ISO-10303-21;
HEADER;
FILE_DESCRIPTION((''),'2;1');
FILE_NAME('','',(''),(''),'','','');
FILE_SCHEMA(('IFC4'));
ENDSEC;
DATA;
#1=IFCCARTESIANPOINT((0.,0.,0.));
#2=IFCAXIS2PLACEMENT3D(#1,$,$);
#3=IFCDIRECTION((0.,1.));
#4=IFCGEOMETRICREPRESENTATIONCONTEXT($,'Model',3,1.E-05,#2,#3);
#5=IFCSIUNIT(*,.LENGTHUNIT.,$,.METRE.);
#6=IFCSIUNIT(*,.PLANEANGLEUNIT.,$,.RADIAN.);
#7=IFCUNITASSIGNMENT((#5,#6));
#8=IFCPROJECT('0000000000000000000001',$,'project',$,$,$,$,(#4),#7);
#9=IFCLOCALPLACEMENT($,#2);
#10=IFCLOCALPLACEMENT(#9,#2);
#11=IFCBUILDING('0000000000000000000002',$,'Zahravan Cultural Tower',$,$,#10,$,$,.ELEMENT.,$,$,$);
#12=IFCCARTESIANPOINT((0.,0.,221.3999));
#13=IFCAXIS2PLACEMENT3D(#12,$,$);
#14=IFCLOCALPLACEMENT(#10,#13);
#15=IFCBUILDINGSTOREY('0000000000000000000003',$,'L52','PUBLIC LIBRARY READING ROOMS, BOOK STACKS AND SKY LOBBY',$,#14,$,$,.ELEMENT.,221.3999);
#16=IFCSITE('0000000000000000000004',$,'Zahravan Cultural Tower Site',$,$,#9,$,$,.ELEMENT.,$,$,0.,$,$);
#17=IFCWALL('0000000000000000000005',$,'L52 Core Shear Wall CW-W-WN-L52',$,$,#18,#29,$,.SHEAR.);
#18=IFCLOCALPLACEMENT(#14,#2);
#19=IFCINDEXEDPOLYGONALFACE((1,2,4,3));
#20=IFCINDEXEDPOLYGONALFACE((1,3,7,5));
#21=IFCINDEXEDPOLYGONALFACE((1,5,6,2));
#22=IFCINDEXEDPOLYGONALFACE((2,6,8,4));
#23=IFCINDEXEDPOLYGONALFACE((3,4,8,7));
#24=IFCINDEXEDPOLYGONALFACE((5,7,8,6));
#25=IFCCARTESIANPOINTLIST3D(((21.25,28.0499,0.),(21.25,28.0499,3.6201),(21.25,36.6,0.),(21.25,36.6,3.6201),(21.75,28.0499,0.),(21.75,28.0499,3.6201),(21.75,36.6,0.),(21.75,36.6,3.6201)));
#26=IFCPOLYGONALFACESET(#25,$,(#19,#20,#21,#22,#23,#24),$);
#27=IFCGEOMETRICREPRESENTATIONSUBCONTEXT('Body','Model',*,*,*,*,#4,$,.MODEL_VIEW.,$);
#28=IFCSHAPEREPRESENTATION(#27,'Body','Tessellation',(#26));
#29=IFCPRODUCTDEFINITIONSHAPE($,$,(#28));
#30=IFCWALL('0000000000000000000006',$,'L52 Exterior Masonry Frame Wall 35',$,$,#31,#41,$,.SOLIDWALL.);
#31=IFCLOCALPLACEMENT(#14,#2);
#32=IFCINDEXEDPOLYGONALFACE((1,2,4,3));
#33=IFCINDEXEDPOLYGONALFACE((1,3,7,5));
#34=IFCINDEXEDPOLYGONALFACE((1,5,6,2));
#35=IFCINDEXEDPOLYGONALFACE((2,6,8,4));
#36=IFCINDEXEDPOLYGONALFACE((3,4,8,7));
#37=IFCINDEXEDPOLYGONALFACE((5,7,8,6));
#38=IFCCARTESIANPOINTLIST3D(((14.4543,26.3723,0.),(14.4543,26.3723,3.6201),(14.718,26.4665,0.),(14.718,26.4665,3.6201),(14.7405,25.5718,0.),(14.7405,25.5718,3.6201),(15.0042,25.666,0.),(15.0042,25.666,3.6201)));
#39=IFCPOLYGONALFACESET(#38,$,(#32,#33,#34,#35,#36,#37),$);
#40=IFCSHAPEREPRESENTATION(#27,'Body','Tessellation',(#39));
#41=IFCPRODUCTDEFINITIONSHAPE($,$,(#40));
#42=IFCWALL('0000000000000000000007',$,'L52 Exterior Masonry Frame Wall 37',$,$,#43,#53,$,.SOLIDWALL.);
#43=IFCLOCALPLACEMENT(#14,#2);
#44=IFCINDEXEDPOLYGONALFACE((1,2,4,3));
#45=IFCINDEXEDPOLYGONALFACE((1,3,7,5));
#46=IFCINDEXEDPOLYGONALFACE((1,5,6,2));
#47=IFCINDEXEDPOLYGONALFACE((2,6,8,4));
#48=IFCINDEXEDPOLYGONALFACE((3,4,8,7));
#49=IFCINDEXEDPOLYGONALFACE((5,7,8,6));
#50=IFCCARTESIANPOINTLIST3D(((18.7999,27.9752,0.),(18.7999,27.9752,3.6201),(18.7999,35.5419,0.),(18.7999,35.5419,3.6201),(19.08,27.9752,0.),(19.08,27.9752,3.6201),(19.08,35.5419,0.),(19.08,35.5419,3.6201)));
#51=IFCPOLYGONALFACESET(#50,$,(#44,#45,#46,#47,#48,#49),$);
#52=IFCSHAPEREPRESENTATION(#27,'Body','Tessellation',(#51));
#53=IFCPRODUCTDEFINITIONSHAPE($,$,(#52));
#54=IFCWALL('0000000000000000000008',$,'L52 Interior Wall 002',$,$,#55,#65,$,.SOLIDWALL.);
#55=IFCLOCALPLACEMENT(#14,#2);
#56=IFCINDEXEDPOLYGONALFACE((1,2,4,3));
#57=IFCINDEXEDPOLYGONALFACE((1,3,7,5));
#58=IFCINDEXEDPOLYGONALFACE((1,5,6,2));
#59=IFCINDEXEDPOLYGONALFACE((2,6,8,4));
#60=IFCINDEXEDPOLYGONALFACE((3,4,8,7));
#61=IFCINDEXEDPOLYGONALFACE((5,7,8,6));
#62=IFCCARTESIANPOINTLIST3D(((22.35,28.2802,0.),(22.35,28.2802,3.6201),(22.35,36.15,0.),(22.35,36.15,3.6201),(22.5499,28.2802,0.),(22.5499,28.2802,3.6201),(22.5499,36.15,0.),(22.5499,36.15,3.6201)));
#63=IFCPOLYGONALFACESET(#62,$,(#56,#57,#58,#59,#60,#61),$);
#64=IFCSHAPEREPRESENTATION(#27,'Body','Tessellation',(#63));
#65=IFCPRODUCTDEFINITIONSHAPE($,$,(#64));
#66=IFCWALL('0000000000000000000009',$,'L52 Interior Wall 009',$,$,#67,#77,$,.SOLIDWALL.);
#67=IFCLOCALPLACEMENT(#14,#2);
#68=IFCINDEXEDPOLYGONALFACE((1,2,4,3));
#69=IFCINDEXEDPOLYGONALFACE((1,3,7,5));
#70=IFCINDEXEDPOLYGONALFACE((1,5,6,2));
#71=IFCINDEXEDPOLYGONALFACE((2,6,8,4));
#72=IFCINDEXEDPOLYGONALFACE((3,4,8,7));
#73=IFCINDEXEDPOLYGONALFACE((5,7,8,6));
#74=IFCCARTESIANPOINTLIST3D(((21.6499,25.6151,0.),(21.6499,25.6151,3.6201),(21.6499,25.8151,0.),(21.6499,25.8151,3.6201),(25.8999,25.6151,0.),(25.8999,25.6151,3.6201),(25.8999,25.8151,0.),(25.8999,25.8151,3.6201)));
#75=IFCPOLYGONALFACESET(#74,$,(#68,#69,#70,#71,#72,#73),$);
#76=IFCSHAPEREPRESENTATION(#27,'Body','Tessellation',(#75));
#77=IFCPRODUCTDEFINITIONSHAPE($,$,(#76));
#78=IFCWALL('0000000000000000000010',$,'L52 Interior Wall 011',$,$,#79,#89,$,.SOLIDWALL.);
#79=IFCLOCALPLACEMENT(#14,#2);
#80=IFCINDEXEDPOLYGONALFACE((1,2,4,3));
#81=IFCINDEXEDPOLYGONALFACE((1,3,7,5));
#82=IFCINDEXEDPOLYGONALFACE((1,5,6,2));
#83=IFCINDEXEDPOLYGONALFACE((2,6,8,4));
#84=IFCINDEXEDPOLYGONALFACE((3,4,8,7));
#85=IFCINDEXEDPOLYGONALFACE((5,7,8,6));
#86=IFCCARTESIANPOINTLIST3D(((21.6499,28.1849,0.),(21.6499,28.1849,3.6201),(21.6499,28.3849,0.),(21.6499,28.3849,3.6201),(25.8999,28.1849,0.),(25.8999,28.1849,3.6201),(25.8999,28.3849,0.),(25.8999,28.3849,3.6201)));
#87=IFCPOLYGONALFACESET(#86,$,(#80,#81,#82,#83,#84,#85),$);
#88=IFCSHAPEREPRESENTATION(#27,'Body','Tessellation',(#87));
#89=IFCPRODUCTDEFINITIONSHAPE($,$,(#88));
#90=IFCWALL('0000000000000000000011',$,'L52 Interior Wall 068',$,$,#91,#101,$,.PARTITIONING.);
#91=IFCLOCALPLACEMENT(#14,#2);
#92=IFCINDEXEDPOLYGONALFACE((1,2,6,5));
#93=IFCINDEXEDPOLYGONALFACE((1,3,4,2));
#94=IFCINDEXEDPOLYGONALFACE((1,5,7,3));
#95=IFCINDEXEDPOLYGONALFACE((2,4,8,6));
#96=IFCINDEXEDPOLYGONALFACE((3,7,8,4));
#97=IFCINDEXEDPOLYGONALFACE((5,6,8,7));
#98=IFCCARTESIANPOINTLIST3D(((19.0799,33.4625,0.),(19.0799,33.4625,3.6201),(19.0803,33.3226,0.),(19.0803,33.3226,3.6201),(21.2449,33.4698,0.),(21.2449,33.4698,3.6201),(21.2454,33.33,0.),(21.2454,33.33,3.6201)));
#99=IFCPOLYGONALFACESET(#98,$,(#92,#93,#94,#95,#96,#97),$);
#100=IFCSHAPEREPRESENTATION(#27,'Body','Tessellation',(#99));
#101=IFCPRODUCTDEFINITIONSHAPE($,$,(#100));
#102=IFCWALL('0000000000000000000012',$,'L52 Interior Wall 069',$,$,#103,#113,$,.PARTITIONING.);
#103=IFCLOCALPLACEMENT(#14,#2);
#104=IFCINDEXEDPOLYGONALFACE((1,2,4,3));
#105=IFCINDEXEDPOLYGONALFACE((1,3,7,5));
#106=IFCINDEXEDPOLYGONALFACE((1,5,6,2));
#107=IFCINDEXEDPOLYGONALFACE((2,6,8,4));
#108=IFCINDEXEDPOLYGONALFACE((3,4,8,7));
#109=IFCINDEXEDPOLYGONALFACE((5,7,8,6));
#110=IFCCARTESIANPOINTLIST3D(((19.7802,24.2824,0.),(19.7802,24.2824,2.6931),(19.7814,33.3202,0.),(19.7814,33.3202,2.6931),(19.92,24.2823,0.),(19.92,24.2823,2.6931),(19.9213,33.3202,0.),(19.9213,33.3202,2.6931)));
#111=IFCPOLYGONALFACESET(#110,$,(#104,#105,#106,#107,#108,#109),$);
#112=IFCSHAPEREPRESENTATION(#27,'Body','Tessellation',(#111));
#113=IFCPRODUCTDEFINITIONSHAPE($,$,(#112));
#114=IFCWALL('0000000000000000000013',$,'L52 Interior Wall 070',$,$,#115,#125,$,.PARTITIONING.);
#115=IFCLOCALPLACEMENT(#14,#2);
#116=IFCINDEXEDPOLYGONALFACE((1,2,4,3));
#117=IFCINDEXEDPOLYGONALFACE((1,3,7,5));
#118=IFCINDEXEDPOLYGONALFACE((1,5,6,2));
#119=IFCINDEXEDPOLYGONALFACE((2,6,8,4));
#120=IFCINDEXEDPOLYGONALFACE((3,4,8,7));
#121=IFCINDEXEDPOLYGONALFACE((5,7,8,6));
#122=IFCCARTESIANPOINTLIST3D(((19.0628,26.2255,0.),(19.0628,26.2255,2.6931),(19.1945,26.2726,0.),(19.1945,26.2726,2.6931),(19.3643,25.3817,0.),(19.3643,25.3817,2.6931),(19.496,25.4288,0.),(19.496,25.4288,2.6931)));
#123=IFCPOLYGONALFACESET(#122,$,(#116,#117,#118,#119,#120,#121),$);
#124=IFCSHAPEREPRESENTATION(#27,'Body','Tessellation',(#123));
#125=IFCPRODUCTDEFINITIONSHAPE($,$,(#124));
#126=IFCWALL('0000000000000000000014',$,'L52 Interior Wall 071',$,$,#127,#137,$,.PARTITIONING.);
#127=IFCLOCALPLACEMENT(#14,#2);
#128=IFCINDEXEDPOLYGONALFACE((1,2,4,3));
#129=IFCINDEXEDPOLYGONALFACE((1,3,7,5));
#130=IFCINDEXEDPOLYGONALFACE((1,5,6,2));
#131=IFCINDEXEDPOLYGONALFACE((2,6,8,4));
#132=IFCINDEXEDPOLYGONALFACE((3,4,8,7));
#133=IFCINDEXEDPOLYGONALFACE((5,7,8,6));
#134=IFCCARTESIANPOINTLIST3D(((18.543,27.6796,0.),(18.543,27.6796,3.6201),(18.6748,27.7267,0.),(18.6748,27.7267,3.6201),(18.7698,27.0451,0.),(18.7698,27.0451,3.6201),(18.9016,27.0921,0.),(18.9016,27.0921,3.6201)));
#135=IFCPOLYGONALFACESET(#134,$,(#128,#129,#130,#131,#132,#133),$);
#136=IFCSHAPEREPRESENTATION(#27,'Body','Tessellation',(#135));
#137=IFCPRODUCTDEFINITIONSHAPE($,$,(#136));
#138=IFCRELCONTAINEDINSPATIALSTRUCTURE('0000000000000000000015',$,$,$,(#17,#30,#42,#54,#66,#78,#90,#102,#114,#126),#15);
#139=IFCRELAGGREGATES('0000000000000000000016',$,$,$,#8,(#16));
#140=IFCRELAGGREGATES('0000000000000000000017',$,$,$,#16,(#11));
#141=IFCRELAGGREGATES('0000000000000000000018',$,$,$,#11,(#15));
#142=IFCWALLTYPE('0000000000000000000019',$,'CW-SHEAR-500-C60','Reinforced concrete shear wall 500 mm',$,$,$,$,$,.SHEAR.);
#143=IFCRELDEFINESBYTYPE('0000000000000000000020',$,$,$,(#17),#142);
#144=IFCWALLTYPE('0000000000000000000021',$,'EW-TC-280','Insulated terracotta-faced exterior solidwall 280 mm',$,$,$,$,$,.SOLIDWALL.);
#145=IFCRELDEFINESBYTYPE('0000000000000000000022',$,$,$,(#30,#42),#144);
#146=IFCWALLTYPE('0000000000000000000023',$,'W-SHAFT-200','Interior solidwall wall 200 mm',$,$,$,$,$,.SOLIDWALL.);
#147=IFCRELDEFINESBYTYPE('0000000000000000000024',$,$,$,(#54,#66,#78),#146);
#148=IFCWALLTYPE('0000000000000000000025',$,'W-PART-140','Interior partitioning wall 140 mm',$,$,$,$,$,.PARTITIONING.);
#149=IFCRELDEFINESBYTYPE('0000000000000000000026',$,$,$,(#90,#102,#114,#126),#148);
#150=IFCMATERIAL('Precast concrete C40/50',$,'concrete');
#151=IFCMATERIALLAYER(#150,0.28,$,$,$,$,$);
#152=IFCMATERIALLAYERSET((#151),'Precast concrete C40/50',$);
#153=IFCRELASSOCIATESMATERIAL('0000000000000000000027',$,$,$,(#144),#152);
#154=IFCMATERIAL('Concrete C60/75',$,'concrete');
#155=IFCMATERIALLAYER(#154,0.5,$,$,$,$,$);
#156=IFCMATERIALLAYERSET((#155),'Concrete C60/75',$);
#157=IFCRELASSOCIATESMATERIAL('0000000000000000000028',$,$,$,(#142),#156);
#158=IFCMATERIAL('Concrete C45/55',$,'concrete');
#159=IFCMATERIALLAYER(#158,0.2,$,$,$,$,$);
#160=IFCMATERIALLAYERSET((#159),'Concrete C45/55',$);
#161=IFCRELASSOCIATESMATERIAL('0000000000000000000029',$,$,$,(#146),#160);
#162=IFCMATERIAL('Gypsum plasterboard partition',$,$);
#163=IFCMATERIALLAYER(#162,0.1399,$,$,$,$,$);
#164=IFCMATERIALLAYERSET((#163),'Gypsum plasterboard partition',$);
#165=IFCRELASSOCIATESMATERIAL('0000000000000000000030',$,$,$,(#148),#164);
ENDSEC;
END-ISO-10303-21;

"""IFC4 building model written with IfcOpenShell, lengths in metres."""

from ifc_helpers import new_model, si_unit, direction, frame, frame_2d, origin, place, context, subcontext, project, spatial, rectangle, extrude, source, transform, mapped, material, layer, layer_set, type_object, element, save


model = new_model("IFC4")

# Units and contexts
model_context = context("Model", 3, precision=1e-05, world=origin(), true_north=direction((0.0, 1.0)))
body_context = subcontext(model_context, "Body", "Model", "MODEL_VIEW")
ifc_project = project(units=[si_unit("LENGTHUNIT", "METRE"), si_unit("PLANEANGLEUNIT", "RADIAN")], contexts=[model_context])

# Site, building, storey
site_placement = place(None, origin())
site = spatial("IfcSite", under=ifc_project, at=site_placement, Name="Zahravan Cultural Tower Site", CompositionType="ELEMENT", RefElevation=0.0)
building_placement = place(site_placement, origin())
building = spatial("IfcBuilding", under=site, at=building_placement, Name="Zahravan Cultural Tower", CompositionType="ELEMENT")
storey_placement = place(building_placement, frame((0.0, 0.0, 221.3999)))
storey = spatial("IfcBuildingStorey", under=building, at=storey_placement, Name="L52", Description="PUBLIC LIBRARY READING ROOMS, BOOK STACKS AND SKY LOBBY", CompositionType="ELEMENT", Elevation=221.3999)

# Shared definitions
ifc_material_1 = material(Name="Precast concrete C40/50", Category="concrete")
ifc_layer_1 = layer(ifc_material_1, 0.28)
ifc_layer_set_1 = layer_set([ifc_layer_1], Name="Precast concrete C40/50")
wall_type_1 = type_object("IfcWallType", Name="EW-TC-280", Description="Insulated terracotta-faced exterior solidwall 280 mm", PredefinedType="SOLIDWALL", material=ifc_layer_set_1)

# Walls
ifc_material_2 = material(Name="Concrete C60/75", Category="concrete")
ifc_layer_2 = layer(ifc_material_2, 0.5)
ifc_layer_set_2 = layer_set([ifc_layer_2], Name="Concrete C60/75")
wall_type_2 = type_object("IfcWallType", Name="CW-SHEAR-500-C60", Description="Reinforced concrete shear wall 500 mm", PredefinedType="SHEAR", material=ifc_layer_set_2)
shared_shape_1 = source(origin(), body_context, "Body", "SweptSolid", [
    extrude(rectangle(XDim=8.55, YDim=0.5, at=frame_2d((4.2749, 0.0))), origin(), (0.0, 0.0, 1.0), 3.6201),
])
wall_1_placement = place(storey_placement, frame((21.5, 28.05, 0.0), z_axis=(0.0, 0.0, 1.0), x_axis=(0.0, 1.0, 0.0)))
element("IfcWall", 1, at=wall_1_placement, inside=storey, type_object=wall_type_2, Name="L52 Core Shear Wall CW-W-WN-L52", PredefinedType="SHEAR", context=body_context, shape_type="MappedRepresentation", body=[
    mapped(shared_shape_1, transform((0.0, 0.0, 0.0), x_axis=(1.0, 0.0, 0.0), y_axis=(0.0, 1.0, 0.0), z_axis=(0.0, 0.0, 1.0), scale=1.0)),
])
shared_shape_2 = source(origin(), body_context, "Body", "SweptSolid", [
    extrude(rectangle(XDim=0.8501, YDim=0.28, at=frame_2d((0.425, 0.0))), origin(), (0.0, 0.0, 1.0), 3.6201),
])
wall_2_placement = place(storey_placement, frame((14.8723, 25.6189, 0.0), z_axis=(0.0, 0.0, 1.0), x_axis=(-0.336573, 0.941657, 0.0)))
element("IfcWall", 2, at=wall_2_placement, inside=storey, type_object=wall_type_1, Name="L52 Exterior Masonry Frame Wall 35", PredefinedType="SOLIDWALL", context=body_context, shape_type="MappedRepresentation", body=[
    mapped(shared_shape_2, transform((0.0, 0.0, 0.0), x_axis=(1.0, 0.0, 0.0), y_axis=(0.0, 1.0, 0.0), z_axis=(0.0, 0.0, 1.0), scale=1.0)),
])
shared_shape_3 = source(origin(), body_context, "Body", "SweptSolid", [
    extrude(rectangle(XDim=7.5667, YDim=0.28, at=frame_2d((3.7832, 0.0))), origin(), (0.0, 0.0, 1.0), 3.6201),
])
wall_3_placement = place(storey_placement, frame((18.9399, 27.9753, 0.0), z_axis=(0.0, 0.0, 1.0), x_axis=(0.0, 1.0, 0.0)))
element("IfcWall", 3, at=wall_3_placement, inside=storey, type_object=wall_type_1, Name="L52 Exterior Masonry Frame Wall 37", PredefinedType="SOLIDWALL", context=body_context, shape_type="MappedRepresentation", body=[
    mapped(shared_shape_3, transform((0.0, 0.0, 0.0), x_axis=(1.0, 0.0, 0.0), y_axis=(0.0, 1.0, 0.0), z_axis=(0.0, 0.0, 1.0), scale=1.0)),
])
ifc_material_3 = material(Name="Concrete C45/55", Category="concrete")
ifc_layer_3 = layer(ifc_material_3, 0.2)
ifc_layer_set_3 = layer_set([ifc_layer_3], Name="Concrete C45/55")
wall_type_3 = type_object("IfcWallType", Name="W-SHAFT-200", Description="Interior solidwall wall 200 mm", PredefinedType="SOLIDWALL", material=ifc_layer_set_3)
shared_shape_4 = source(origin(), body_context, "Body", "SweptSolid", [
    extrude(rectangle(XDim=7.8699, YDim=0.2, at=frame_2d((3.9351, 0.0))), origin(), (0.0, 0.0, 1.0), 3.6201),
])
wall_4_placement = place(storey_placement, frame((22.45, 28.28, 0.0), z_axis=(0.0, 0.0, 1.0), x_axis=(0.0, 1.0, 0.0)))
element("IfcWall", 4, at=wall_4_placement, inside=storey, type_object=wall_type_3, Name="L52 Interior Wall 002", PredefinedType="SOLIDWALL", context=body_context, shape_type="MappedRepresentation", body=[
    mapped(shared_shape_4, transform((0.0, 0.0, 0.0), x_axis=(1.0, 0.0, 0.0), y_axis=(0.0, 1.0, 0.0), z_axis=(0.0, 0.0, 1.0), scale=1.0)),
])
shared_shape_5 = source(origin(), body_context, "Body", "SweptSolid", [
    extrude(rectangle(XDim=4.25, YDim=0.2, at=frame_2d((2.125, 0.0))), origin(), (0.0, 0.0, 1.0), 3.6201),
])
for number, where, z_axis, x_axis, name in (
    (5, (21.6499, 25.7151, 0.0), (0.0, 0.0, 1.0), (1.0, 0.0, 0.0), "L52 Interior Wall 009"),
    (6, (21.6499, 28.2849, 0.0), (0.0, 0.0, 1.0), (1.0, 0.0, 0.0), "L52 Interior Wall 011"),
):
    element("IfcWall", number, at=place(storey_placement, frame(where, z_axis=z_axis, x_axis=x_axis)), inside=storey, type_object=wall_type_3, Name=name, PredefinedType="SOLIDWALL", context=body_context, shape_type="MappedRepresentation", body=[
        mapped(shared_shape_5, transform((0.0, 0.0, 0.0), x_axis=(1.0, 0.0, 0.0), y_axis=(0.0, 1.0, 0.0), z_axis=(0.0, 0.0, 1.0), scale=1.0)),
    ])
ifc_material_4 = material(Name="Gypsum plasterboard partition")
ifc_layer_4 = layer(ifc_material_4, 0.1399)
ifc_layer_set_4 = layer_set([ifc_layer_4], Name="Gypsum plasterboard partition")
wall_type_4 = type_object("IfcWallType", Name="W-PART-140", Description="Interior partitioning wall 140 mm", PredefinedType="PARTITIONING", material=ifc_layer_set_4)
shared_shape_6 = source(origin(), body_context, "Body", "SweptSolid", [
    extrude(rectangle(XDim=2.165, YDim=0.1399, at=frame_2d((1.0825, 0.0))), origin(), (0.0, 0.0, 1.0), 3.6201),
])
wall_5_placement = place(storey_placement, frame((21.2451, 33.3999, 0.0), z_axis=(0.0, 0.0, 1.0), x_axis=(-0.999994, -0.003383, 0.0)))
element("IfcWall", 7, at=wall_5_placement, inside=storey, type_object=wall_type_4, Name="L52 Interior Wall 068", PredefinedType="PARTITIONING", context=body_context, shape_type="MappedRepresentation", body=[
    mapped(shared_shape_6, transform((0.0, 0.0, 0.0), x_axis=(1.0, 0.0, 0.0), y_axis=(0.0, 1.0, 0.0), z_axis=(0.0, 0.0, 1.0), scale=1.0)),
])
shared_shape_7 = source(origin(), body_context, "Body", "SweptSolid", [
    extrude(rectangle(XDim=9.0378, YDim=0.1399, at=frame_2d((4.519, 0.0))), origin(), (0.0, 0.0, 1.0), 2.6931),
])
wall_6_placement = place(storey_placement, frame((19.8513, 33.3203, 0.0), z_axis=(0.0, 0.0, 1.0), x_axis=(-0.000135, -1.0, 0.0)))
element("IfcWall", 8, at=wall_6_placement, inside=storey, type_object=wall_type_4, Name="L52 Interior Wall 069", PredefinedType="PARTITIONING", context=body_context, shape_type="MappedRepresentation", body=[
    mapped(shared_shape_7, transform((0.0, 0.0, 0.0), x_axis=(1.0, 0.0, 0.0), y_axis=(0.0, 1.0, 0.0), z_axis=(0.0, 0.0, 1.0), scale=1.0)),
])
shared_shape_8 = source(origin(), body_context, "Body", "SweptSolid", [
    extrude(rectangle(XDim=0.896, YDim=0.1399, at=frame_2d((0.448, 0.0))), origin(), (0.0, 0.0, 1.0), 2.6931),
])
wall_7_placement = place(storey_placement, frame((19.4302, 25.4053, 0.0), z_axis=(0.0, 0.0, 1.0), x_axis=(-0.336509, 0.94168, 0.0)))
element("IfcWall", 9, at=wall_7_placement, inside=storey, type_object=wall_type_4, Name="L52 Interior Wall 070", PredefinedType="PARTITIONING", context=body_context, shape_type="MappedRepresentation", body=[
    mapped(shared_shape_8, transform((0.0, 0.0, 0.0), x_axis=(1.0, 0.0, 0.0), y_axis=(0.0, 1.0, 0.0), z_axis=(0.0, 0.0, 1.0), scale=1.0)),
])
shared_shape_9 = source(origin(), body_context, "Body", "SweptSolid", [
    extrude(rectangle(XDim=0.6738, YDim=0.1399, at=frame_2d((0.3369, 0.0))), origin(), (0.0, 0.0, 1.0), 3.6201),
])
wall_8_placement = place(storey_placement, frame((18.8357, 27.0686, 0.0), z_axis=(0.0, 0.0, 1.0), x_axis=(-0.336589, 0.941652, 0.0)))
element("IfcWall", 10, at=wall_8_placement, inside=storey, type_object=wall_type_4, Name="L52 Interior Wall 071", PredefinedType="PARTITIONING", context=body_context, shape_type="MappedRepresentation", body=[
    mapped(shared_shape_9, transform((0.0, 0.0, 0.0), x_axis=(1.0, 0.0, 0.0), y_axis=(0.0, 1.0, 0.0), z_axis=(0.0, 0.0, 1.0), scale=1.0)),
])

save(model, "model.ifc")
